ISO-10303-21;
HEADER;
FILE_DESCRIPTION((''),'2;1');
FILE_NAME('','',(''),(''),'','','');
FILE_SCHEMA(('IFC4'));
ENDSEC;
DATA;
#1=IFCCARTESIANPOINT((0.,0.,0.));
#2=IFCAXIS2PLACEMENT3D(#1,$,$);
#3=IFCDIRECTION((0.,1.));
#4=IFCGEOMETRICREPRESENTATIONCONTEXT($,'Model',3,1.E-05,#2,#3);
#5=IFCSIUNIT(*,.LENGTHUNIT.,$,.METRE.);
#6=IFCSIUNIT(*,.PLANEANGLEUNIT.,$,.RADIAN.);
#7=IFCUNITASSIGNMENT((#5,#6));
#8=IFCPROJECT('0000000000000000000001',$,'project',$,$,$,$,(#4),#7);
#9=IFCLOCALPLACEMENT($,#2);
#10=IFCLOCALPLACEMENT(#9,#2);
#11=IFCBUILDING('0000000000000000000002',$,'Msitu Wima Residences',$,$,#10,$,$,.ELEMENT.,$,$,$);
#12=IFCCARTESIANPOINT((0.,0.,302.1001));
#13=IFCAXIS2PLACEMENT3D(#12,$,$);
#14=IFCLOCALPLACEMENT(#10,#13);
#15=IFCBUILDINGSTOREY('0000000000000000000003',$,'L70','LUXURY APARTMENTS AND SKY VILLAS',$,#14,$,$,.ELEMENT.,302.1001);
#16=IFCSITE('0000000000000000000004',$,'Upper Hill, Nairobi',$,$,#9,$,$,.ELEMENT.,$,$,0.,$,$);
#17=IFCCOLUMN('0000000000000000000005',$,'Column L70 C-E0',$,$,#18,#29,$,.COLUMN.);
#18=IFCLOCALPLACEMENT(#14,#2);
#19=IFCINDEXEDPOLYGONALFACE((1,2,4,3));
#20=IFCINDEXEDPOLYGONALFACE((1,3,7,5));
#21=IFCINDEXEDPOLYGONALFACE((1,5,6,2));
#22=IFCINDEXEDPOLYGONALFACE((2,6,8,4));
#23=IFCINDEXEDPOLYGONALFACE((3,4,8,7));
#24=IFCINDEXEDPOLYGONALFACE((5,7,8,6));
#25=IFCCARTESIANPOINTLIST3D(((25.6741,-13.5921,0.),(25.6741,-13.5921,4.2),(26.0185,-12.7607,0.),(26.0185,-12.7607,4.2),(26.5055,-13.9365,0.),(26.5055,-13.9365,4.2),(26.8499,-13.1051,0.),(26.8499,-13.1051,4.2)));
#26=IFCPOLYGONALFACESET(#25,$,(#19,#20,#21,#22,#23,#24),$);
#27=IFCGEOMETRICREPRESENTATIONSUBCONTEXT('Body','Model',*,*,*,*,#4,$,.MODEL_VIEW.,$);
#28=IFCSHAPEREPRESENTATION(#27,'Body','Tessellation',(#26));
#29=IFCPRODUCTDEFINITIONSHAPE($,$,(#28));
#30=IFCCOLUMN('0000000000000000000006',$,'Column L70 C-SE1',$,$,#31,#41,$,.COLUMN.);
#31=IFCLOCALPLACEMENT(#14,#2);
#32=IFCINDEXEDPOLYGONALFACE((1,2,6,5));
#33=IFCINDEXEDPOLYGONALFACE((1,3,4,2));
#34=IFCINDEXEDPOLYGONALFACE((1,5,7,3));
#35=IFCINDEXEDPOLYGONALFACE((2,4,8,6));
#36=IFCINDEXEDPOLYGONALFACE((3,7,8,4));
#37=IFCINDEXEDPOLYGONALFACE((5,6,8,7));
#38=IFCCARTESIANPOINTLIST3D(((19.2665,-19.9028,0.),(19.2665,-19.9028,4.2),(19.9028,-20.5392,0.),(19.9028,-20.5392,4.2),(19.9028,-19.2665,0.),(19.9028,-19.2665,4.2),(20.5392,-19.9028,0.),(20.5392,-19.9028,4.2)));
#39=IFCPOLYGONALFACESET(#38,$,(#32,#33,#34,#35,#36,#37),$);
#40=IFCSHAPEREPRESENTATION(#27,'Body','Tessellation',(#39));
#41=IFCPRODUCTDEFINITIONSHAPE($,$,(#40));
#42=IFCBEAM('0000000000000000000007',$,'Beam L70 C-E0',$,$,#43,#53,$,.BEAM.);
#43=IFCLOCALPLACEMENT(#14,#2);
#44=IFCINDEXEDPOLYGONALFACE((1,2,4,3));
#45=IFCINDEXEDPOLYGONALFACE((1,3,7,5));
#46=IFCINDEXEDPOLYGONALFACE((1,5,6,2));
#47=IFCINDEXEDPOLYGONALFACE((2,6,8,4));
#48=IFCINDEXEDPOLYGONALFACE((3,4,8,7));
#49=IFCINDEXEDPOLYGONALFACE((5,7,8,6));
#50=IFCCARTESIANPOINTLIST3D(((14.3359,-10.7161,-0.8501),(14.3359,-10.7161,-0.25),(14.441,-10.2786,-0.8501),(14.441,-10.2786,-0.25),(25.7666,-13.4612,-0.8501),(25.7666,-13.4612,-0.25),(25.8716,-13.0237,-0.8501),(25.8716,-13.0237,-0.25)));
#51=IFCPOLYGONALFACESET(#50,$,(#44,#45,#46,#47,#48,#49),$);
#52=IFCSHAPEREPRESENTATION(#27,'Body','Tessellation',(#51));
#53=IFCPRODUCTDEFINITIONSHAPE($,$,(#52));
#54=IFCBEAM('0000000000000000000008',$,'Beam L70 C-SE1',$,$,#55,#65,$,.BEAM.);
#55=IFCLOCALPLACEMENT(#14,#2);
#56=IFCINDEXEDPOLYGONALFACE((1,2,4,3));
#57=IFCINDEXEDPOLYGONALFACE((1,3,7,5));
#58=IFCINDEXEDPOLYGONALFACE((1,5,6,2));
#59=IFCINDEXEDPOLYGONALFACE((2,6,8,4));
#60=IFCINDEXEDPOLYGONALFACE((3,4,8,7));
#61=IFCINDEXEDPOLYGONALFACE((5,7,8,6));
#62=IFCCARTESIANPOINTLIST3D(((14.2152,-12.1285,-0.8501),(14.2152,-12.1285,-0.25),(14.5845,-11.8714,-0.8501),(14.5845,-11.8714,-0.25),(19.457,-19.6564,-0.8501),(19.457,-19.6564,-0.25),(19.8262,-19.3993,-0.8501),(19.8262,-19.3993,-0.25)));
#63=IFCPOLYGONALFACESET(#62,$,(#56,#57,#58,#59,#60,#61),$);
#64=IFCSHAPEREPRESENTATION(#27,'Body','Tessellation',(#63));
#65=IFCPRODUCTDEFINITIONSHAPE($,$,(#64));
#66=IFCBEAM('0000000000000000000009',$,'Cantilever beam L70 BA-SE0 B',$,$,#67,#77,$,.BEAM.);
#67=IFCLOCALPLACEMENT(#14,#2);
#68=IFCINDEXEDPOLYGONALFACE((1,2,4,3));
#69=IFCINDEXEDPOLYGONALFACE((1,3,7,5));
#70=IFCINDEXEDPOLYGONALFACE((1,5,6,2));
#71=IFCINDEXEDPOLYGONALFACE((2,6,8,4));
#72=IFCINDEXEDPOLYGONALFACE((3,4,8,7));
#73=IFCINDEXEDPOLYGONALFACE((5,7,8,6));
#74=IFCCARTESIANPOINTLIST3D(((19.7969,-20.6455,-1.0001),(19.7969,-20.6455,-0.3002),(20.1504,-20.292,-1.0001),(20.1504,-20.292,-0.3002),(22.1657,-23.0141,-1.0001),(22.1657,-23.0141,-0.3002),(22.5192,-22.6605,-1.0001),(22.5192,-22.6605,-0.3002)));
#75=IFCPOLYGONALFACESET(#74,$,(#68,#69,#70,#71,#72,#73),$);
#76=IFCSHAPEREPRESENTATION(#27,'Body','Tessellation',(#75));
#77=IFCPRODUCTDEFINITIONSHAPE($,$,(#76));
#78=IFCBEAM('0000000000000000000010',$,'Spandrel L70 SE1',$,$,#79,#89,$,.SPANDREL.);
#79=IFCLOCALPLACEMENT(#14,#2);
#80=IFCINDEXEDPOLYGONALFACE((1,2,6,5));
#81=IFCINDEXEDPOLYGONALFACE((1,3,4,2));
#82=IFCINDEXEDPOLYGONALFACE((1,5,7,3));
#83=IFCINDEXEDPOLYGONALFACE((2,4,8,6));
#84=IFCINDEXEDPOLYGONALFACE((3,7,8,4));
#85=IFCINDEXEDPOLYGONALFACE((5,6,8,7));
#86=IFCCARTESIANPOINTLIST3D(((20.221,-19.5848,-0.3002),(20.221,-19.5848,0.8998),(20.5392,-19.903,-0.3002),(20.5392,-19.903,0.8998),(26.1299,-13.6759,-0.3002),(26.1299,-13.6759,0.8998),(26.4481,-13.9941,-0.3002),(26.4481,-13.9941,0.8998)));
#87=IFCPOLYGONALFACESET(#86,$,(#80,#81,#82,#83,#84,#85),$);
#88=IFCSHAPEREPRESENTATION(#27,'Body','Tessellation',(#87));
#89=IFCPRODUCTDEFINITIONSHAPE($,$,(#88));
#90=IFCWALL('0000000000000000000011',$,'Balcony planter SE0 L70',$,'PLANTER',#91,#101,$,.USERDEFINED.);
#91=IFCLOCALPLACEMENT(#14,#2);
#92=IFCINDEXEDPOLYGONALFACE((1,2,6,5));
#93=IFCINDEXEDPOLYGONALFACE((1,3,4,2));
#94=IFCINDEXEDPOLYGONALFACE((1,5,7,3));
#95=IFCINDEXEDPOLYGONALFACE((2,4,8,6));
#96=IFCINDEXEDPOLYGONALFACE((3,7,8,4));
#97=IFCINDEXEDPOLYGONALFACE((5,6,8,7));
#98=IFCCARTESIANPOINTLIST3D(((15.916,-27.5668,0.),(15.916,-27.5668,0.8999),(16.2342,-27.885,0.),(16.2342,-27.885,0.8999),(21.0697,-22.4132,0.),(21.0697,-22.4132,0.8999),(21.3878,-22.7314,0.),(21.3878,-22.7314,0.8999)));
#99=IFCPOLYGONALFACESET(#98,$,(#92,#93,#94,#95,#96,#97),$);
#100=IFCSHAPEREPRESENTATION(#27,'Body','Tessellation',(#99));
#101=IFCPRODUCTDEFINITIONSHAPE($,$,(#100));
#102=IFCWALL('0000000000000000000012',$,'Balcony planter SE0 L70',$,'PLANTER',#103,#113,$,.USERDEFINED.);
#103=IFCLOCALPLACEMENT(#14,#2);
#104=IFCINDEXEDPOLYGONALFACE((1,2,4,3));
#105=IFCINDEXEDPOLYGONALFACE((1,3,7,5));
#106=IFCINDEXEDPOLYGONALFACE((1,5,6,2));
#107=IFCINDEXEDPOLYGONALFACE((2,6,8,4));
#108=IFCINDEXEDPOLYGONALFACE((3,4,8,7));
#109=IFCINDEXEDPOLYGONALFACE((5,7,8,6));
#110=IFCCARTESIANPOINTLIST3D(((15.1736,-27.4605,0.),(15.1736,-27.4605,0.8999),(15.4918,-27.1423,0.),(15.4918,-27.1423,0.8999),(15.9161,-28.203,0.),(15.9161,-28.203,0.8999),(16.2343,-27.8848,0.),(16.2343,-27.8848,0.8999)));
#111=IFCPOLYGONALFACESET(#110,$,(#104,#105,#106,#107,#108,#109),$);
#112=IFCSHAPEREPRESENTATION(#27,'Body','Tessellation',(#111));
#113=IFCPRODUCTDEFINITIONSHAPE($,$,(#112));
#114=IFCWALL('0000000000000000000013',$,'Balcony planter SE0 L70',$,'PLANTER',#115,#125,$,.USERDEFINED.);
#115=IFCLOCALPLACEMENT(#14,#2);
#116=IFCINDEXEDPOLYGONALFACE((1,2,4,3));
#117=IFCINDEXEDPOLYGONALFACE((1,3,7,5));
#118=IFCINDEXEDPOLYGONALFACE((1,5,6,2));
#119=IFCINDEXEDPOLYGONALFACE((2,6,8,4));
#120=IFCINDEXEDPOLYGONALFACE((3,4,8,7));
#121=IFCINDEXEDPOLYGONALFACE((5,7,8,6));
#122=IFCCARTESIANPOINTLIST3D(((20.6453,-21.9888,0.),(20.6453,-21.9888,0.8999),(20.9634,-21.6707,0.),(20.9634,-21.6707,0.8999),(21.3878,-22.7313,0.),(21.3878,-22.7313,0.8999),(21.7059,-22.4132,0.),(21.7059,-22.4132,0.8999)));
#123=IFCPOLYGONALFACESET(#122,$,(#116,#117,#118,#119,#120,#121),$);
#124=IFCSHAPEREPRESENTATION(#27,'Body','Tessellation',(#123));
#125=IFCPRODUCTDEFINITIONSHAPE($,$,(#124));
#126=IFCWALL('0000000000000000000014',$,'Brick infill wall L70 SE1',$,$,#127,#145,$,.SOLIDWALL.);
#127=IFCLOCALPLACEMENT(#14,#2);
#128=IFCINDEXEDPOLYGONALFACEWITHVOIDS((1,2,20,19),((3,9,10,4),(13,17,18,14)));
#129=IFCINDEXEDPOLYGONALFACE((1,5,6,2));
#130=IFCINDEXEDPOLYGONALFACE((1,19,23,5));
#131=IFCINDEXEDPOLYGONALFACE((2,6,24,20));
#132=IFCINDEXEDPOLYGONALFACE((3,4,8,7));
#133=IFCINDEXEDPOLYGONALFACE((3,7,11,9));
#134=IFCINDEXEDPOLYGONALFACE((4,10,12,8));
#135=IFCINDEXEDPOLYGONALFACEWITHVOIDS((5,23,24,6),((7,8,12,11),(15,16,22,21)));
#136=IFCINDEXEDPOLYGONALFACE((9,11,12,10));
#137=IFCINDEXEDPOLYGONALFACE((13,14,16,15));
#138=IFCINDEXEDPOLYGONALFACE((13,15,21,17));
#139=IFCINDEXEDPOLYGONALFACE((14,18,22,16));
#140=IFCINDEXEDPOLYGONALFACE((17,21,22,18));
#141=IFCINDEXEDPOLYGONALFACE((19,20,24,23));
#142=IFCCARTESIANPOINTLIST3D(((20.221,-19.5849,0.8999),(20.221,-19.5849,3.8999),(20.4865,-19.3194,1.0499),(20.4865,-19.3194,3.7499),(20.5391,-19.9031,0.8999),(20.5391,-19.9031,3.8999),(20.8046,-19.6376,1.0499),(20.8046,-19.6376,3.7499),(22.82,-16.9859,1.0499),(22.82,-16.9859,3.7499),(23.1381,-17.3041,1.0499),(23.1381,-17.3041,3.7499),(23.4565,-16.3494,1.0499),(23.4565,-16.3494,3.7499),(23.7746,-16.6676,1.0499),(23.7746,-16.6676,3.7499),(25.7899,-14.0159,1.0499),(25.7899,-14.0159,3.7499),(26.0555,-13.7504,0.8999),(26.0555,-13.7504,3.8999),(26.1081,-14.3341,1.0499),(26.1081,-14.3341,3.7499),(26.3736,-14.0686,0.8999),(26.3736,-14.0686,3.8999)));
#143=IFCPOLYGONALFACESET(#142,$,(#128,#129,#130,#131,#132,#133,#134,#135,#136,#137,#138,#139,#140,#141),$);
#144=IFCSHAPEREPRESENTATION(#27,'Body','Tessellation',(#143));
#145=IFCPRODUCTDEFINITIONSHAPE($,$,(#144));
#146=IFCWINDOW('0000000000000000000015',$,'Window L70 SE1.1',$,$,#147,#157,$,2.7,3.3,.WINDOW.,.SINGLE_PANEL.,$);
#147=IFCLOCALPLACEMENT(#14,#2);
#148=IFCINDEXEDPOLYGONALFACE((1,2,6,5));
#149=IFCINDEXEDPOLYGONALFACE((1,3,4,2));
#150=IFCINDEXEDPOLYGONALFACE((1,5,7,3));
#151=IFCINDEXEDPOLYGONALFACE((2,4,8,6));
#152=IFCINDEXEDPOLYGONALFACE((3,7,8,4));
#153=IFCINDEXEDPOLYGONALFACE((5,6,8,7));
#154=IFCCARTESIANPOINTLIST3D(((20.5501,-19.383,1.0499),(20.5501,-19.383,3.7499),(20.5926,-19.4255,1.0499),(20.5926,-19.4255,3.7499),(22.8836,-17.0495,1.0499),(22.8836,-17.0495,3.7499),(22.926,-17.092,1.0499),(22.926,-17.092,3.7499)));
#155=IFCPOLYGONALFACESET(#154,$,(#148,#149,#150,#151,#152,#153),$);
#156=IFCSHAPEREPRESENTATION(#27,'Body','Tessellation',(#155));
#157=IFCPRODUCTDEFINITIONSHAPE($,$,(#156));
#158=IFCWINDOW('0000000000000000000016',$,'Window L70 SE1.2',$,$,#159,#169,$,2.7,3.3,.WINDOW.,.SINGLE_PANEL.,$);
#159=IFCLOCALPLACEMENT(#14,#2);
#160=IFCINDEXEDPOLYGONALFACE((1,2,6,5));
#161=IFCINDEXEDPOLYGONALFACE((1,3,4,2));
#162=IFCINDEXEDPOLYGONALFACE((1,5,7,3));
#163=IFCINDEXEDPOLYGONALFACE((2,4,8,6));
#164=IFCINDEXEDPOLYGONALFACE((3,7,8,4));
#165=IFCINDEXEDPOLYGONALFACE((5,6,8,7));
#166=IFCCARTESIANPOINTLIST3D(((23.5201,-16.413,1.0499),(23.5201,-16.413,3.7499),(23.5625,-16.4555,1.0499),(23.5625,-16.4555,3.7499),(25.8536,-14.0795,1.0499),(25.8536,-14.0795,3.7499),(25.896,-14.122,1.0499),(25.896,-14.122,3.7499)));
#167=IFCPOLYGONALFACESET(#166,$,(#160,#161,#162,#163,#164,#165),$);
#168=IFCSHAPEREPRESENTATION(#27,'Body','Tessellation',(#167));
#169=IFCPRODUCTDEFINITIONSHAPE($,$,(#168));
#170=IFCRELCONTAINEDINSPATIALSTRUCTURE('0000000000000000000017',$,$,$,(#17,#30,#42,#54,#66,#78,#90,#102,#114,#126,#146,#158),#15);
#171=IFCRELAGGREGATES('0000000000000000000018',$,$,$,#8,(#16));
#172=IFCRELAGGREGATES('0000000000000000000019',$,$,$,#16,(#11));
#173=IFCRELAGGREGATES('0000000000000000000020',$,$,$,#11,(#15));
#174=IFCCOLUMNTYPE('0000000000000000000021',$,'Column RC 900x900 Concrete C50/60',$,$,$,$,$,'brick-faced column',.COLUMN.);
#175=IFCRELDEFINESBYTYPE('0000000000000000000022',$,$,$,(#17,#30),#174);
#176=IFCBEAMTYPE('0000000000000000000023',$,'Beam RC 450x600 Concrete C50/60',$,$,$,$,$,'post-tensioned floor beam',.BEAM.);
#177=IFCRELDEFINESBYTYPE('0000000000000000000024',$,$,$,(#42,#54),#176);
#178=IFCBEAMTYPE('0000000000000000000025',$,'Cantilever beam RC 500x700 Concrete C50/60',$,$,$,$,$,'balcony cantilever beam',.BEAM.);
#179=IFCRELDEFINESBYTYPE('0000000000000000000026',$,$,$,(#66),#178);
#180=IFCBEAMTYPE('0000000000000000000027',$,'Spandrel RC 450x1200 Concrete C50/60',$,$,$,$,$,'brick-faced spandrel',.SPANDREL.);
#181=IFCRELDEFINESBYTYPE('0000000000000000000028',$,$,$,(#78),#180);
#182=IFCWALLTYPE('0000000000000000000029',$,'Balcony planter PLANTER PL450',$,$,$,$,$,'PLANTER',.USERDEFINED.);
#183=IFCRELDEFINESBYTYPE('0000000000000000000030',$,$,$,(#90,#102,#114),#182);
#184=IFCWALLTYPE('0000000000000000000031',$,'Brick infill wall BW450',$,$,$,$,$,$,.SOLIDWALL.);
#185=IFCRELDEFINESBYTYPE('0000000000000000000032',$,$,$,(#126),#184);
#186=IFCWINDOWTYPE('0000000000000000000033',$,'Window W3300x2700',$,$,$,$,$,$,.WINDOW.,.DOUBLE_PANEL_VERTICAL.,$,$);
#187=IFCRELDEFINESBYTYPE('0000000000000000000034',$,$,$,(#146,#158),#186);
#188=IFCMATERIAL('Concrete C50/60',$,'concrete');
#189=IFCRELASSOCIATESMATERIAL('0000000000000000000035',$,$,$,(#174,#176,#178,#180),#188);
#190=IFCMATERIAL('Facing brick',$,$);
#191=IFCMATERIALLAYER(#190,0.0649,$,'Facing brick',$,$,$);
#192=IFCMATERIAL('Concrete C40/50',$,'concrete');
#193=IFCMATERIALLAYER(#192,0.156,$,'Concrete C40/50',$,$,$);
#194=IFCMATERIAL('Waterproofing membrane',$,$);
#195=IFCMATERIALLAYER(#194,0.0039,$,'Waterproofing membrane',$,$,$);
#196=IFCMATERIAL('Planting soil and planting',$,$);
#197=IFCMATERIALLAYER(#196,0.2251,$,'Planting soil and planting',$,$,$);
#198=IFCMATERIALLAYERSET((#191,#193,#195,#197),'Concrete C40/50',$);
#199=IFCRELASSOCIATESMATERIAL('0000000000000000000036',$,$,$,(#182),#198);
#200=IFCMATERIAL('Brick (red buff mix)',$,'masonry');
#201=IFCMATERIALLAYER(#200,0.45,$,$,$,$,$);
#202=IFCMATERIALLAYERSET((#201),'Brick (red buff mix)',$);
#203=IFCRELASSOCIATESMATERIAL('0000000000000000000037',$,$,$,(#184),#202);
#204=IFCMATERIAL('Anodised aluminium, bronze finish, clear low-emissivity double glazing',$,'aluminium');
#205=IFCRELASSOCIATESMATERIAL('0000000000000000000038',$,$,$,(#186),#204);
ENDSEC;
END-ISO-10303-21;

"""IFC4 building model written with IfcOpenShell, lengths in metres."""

from ifc_helpers import new_model, si_unit, direction, frame, frame_2d, origin, origin_2d, place, context, subcontext, project, spatial, rectangle, extrude, material, layer, layer_set, material_profile, profile_set, type_object, element, fill, save


model = new_model("IFC4")

# Units and contexts
model_context = context("Model", 3, precision=1e-05, world=origin(), true_north=direction((0.0, 1.0)))
body_context = subcontext(model_context, "Body", "Model", "MODEL_VIEW")
ifc_project = project(units=[si_unit("LENGTHUNIT", "METRE"), si_unit("PLANEANGLEUNIT", "RADIAN")], contexts=[model_context])

# Site, building, storey
site_placement = place(None, origin())
site = spatial("IfcSite", under=ifc_project, at=site_placement, Name="Upper Hill, Nairobi", CompositionType="ELEMENT", RefElevation=0.0)
building_placement = place(site_placement, origin())
building = spatial("IfcBuilding", under=site, at=building_placement, Name="Msitu Wima Residences", CompositionType="ELEMENT")
storey_placement = place(building_placement, frame((0.0, 0.0, 302.1001)))
storey = spatial("IfcBuildingStorey", under=building, at=storey_placement, Name="L70", Description="LUXURY APARTMENTS AND SKY VILLAS", CompositionType="ELEMENT", Elevation=302.1001)

# Columns
ifc_material_1 = material(Name="Concrete C50/60", Category="concrete")
ifc_material_profile_1 = material_profile(ifc_material_1, rectangle(XDim=0.8999, YDim=0.8999, at=origin_2d()), Name="RC 900x900")
ifc_profile_set_1 = profile_set([ifc_material_profile_1], Name="Concrete C50/60")
column_type = type_object("IfcColumnType", Name="Column RC 900x900 Concrete C50/60", ElementType="brick-faced column", PredefinedType="COLUMN", material=ifc_profile_set_1)
for number, where, z_axis, x_axis, name in (
    (1, (26.262, -13.3486, 0.0), (0.0, 0.0, 1.0), (0.382683, 0.92388, 0.0), "Column L70 C-E0"),
    (2, (19.9028, -19.9028, 0.0), (0.0, 0.0, 1.0), (0.707107, 0.707107, 0.0), "Column L70 C-SE1"),
):
    element("IfcColumn", number, at=place(storey_placement, frame(where, z_axis=z_axis, x_axis=x_axis)), inside=storey, type_object=column_type, Name=name, PredefinedType="COLUMN", context=body_context, shape_type="SweptSolid", body=[
        extrude(rectangle(XDim=0.8999, YDim=0.8999, at=origin_2d()), origin(), (0.0, 0.0, 1.0), 4.2),
    ])

# Beams
ifc_material_profile_2 = material_profile(ifc_material_1, rectangle(XDim=0.45, YDim=0.6001, at=origin_2d()), Name="RC 450x600")
ifc_profile_set_2 = profile_set([ifc_material_profile_2], Name="Concrete C50/60")
beam_type_1 = type_object("IfcBeamType", Name="Beam RC 450x600 Concrete C50/60", ElementType="post-tensioned floor beam", PredefinedType="BEAM", material=ifc_profile_set_2)
beam_1_placement = place(storey_placement, frame((25.8191, -13.2424, -0.55), z_axis=(-0.972353, 0.233514, 0.0), x_axis=(-0.233514, -0.972353, 0.0)))
element("IfcBeam", 3, at=beam_1_placement, inside=storey, type_object=beam_type_1, Name="Beam L70 C-E0", PredefinedType="BEAM", context=body_context, shape_type="SweptSolid", body=[
    extrude(rectangle(XDim=0.45, YDim=0.6001, at=origin_2d()), origin(), (0.0, 0.0, 1.0), 11.7556),
])
beam_2_placement = place(storey_placement, frame((19.6416, -19.5278, -0.55), z_axis=(-0.571428, 0.820652, 0.0), x_axis=(-0.820652, -0.571428, 0.0)))
element("IfcBeam", 4, at=beam_2_placement, inside=storey, type_object=beam_type_1, Name="Beam L70 C-SE1", PredefinedType="BEAM", context=body_context, shape_type="SweptSolid", body=[
    extrude(rectangle(XDim=0.45, YDim=0.6001, at=origin_2d()), origin(), (0.0, 0.0, 1.0), 9.1731),
])
ifc_material_profile_3 = material_profile(ifc_material_1, rectangle(XDim=0.5, YDim=0.7, at=origin_2d()), Name="RC 500x700")
ifc_profile_set_3 = profile_set([ifc_material_profile_3], Name="Concrete C50/60")
beam_type_2 = type_object("IfcBeamType", Name="Cantilever beam RC 500x700 Concrete C50/60", ElementType="balcony cantilever beam", PredefinedType="BEAM", material=ifc_profile_set_3)
beam_3_placement = place(storey_placement, frame((19.9736, -20.4688, -0.6501), z_axis=(0.707143, -0.70707, 0.0), x_axis=(0.70707, 0.707143, 0.0)))
element("IfcBeam", 5, at=beam_3_placement, inside=storey, type_object=beam_type_2, Name="Cantilever beam L70 BA-SE0 B", PredefinedType="BEAM", context=body_context, shape_type="SweptSolid", body=[
    extrude(rectangle(XDim=0.5, YDim=0.7, at=origin_2d()), origin(), (0.0, 0.0, 1.0), 3.3499),
])
ifc_material_profile_4 = material_profile(ifc_material_1, rectangle(XDim=0.45, YDim=1.2, at=origin_2d()), Name="RC 450x1200")
ifc_profile_set_4 = profile_set([ifc_material_profile_4], Name="Concrete C50/60")
beam_type_3 = type_object("IfcBeamType", Name="Spandrel RC 450x1200 Concrete C50/60", ElementType="brick-faced spandrel", PredefinedType="SPANDREL", material=ifc_profile_set_4)
beam_4_placement = place(storey_placement, frame((20.3801, -19.7439, 0.2998), z_axis=(0.707107, 0.707107, 0.0), x_axis=(-0.707107, 0.707107, 0.0)))
element("IfcBeam", 6, at=beam_4_placement, inside=storey, type_object=beam_type_3, Name="Spandrel L70 SE1", PredefinedType="SPANDREL", context=body_context, shape_type="SweptSolid", body=[
    extrude(rectangle(XDim=0.45, YDim=1.2, at=origin_2d()), origin(), (0.0, 0.0, 1.0), 8.3564),
])

# Walls
ifc_material_2 = material(Name="Facing brick")
ifc_layer_1 = layer(ifc_material_2, 0.0649, Name="Facing brick")
ifc_material_3 = material(Name="Concrete C40/50", Category="concrete")
ifc_layer_2 = layer(ifc_material_3, 0.156, Name="Concrete C40/50")
ifc_material_4 = material(Name="Waterproofing membrane")
ifc_layer_3 = layer(ifc_material_4, 0.0039, Name="Waterproofing membrane")
ifc_material_5 = material(Name="Planting soil and planting")
ifc_layer_4 = layer(ifc_material_5, 0.2251, Name="Planting soil and planting")
ifc_layer_set_1 = layer_set([ifc_layer_1, ifc_layer_2, ifc_layer_3, ifc_layer_4], Name="Concrete C40/50")
wall_type_1 = type_object("IfcWallType", Name="Balcony planter PLANTER PL450", ElementType="PLANTER", PredefinedType="USERDEFINED", material=ifc_layer_set_1)
wall_1_placement = place(storey_placement, frame((16.0752, -27.7258, 0.0), z_axis=(0.0, 0.0, 1.0), x_axis=(0.707107, 0.707107, 0.0)))
element("IfcWall", 7, at=wall_1_placement, inside=storey, type_object=wall_type_1, Name="Balcony planter SE0 L70", ObjectType="PLANTER", PredefinedType="USERDEFINED", context=body_context, shape_type="SweptSolid", body=[
    extrude(rectangle(XDim=7.2883, YDim=0.45, at=frame_2d((3.644, 0.0))), origin(), (0.0, 0.0, 1.0), 0.8999),
])
for number, where, z_axis, x_axis, name in (
    (8, (15.3328, -27.3015, 0.0), (0.0, 0.0, 1.0), (0.707107, -0.707107, 0.0), "Balcony planter SE0 L70"),
    (9, (20.8044, -21.8298, 0.0), (0.0, 0.0, 1.0), (0.707107, -0.707107, 0.0), "Balcony planter SE0 L70"),
):
    element("IfcWall", number, at=place(storey_placement, frame(where, z_axis=z_axis, x_axis=x_axis)), inside=storey, type_object=wall_type_1, Name=name, ObjectType="PLANTER", PredefinedType="USERDEFINED", context=body_context, shape_type="SweptSolid", body=[
        extrude(rectangle(XDim=1.05, YDim=0.45, at=frame_2d((0.5249, 0.0))), origin(), (0.0, 0.0, 1.0), 0.8999),
    ])

# Wall, openings, windows
ifc_material_6 = material(Name="Brick (red buff mix)", Category="masonry")
ifc_layer_5 = layer(ifc_material_6, 0.45)
ifc_layer_set_2 = layer_set([ifc_layer_5], Name="Brick (red buff mix)")
wall_type_2 = type_object("IfcWallType", Name="Brick infill wall BW450", PredefinedType="SOLIDWALL", material=ifc_layer_set_2)
wall_2_placement = place(storey_placement, frame((20.3801, -19.7439, 0.8999), z_axis=(0.0, 0.0, 1.0), x_axis=(0.707107, 0.707107, 0.0)))
wall_2 = element("IfcWall", 10, at=wall_2_placement, inside=storey, type_object=wall_type_2, Name="Brick infill wall L70 SE1", PredefinedType="SOLIDWALL", context=body_context, shape_type="SweptSolid", body=[
    extrude(rectangle(XDim=8.2512, YDim=0.45, at=frame_2d((4.1255, 0.0))), origin(), (0.0, 0.0, 1.0), 3.0),
])
opening_1_placement = place(wall_2_placement, frame((0.3755, 0.0, 0.1499)))
opening_1 = element("IfcOpeningElement", 11, at=opening_1_placement, cuts=wall_2, PredefinedType="OPENING", context=body_context, shape_type="SweptSolid", body=[
    extrude(rectangle(XDim=3.3, YDim=2.7, at=frame_2d((1.6499, 1.3501))), frame((0.0, 0.2349, 0.0), z_axis=(0.0, -1.0, 0.0), x_axis=(1.0, 0.0, 0.0)), (0.0, 0.0, 1.0), 0.47),
])
opening_2_placement = place(wall_2_placement, frame((4.5757, 0.0, 0.1499)))
opening_2 = element("IfcOpeningElement", 12, at=opening_2_placement, cuts=wall_2, PredefinedType="OPENING", context=body_context, shape_type="SweptSolid", body=[
    extrude(rectangle(XDim=3.3, YDim=2.7, at=frame_2d((1.6499, 1.3501))), frame((0.0, 0.2349, 0.0), z_axis=(0.0, -1.0, 0.0), x_axis=(1.0, 0.0, 0.0)), (0.0, 0.0, 1.0), 0.47),
])
ifc_material_7 = material(Name="Anodised aluminium, bronze finish, clear low-emissivity double glazing", Category="aluminium")
window_type = type_object("IfcWindowType", Name="Window W3300x2700", PartitioningType="DOUBLE_PANEL_VERTICAL", PredefinedType="WINDOW", material=ifc_material_7)
window_1_placement = place(opening_1_placement, origin())
window_1 = element("IfcWindow", 13, at=window_1_placement, inside=storey, type_object=window_type, Name="Window L70 SE1.1", OverallHeight=2.7, OverallWidth=3.3, PartitioningType="SINGLE_PANEL", PredefinedType="WINDOW", context=body_context, shape_type="SweptSolid", body=[
    extrude(rectangle(XDim=3.3, YDim=2.7, at=frame_2d((1.6499, 1.3501))), frame((0.0, 0.135, 0.0), z_axis=(0.0, -1.0, 0.0), x_axis=(1.0, 0.0, 0.0)), (0.0, 0.0, 1.0), 0.0601),
])
fill(opening_1, window_1)
window_2_placement = place(opening_2_placement, origin())
window_2 = element("IfcWindow", 14, at=window_2_placement, inside=storey, type_object=window_type, Name="Window L70 SE1.2", OverallHeight=2.7, OverallWidth=3.3, PartitioningType="SINGLE_PANEL", PredefinedType="WINDOW", context=body_context, shape_type="SweptSolid", body=[
    extrude(rectangle(XDim=3.3, YDim=2.7, at=frame_2d((1.6499, 1.3501))), frame((0.0, 0.135, 0.0), z_axis=(0.0, -1.0, 0.0), x_axis=(1.0, 0.0, 0.0)), (0.0, 0.0, 1.0), 0.0601),
])
fill(opening_2, window_2)

save(model, "model.ifc")
